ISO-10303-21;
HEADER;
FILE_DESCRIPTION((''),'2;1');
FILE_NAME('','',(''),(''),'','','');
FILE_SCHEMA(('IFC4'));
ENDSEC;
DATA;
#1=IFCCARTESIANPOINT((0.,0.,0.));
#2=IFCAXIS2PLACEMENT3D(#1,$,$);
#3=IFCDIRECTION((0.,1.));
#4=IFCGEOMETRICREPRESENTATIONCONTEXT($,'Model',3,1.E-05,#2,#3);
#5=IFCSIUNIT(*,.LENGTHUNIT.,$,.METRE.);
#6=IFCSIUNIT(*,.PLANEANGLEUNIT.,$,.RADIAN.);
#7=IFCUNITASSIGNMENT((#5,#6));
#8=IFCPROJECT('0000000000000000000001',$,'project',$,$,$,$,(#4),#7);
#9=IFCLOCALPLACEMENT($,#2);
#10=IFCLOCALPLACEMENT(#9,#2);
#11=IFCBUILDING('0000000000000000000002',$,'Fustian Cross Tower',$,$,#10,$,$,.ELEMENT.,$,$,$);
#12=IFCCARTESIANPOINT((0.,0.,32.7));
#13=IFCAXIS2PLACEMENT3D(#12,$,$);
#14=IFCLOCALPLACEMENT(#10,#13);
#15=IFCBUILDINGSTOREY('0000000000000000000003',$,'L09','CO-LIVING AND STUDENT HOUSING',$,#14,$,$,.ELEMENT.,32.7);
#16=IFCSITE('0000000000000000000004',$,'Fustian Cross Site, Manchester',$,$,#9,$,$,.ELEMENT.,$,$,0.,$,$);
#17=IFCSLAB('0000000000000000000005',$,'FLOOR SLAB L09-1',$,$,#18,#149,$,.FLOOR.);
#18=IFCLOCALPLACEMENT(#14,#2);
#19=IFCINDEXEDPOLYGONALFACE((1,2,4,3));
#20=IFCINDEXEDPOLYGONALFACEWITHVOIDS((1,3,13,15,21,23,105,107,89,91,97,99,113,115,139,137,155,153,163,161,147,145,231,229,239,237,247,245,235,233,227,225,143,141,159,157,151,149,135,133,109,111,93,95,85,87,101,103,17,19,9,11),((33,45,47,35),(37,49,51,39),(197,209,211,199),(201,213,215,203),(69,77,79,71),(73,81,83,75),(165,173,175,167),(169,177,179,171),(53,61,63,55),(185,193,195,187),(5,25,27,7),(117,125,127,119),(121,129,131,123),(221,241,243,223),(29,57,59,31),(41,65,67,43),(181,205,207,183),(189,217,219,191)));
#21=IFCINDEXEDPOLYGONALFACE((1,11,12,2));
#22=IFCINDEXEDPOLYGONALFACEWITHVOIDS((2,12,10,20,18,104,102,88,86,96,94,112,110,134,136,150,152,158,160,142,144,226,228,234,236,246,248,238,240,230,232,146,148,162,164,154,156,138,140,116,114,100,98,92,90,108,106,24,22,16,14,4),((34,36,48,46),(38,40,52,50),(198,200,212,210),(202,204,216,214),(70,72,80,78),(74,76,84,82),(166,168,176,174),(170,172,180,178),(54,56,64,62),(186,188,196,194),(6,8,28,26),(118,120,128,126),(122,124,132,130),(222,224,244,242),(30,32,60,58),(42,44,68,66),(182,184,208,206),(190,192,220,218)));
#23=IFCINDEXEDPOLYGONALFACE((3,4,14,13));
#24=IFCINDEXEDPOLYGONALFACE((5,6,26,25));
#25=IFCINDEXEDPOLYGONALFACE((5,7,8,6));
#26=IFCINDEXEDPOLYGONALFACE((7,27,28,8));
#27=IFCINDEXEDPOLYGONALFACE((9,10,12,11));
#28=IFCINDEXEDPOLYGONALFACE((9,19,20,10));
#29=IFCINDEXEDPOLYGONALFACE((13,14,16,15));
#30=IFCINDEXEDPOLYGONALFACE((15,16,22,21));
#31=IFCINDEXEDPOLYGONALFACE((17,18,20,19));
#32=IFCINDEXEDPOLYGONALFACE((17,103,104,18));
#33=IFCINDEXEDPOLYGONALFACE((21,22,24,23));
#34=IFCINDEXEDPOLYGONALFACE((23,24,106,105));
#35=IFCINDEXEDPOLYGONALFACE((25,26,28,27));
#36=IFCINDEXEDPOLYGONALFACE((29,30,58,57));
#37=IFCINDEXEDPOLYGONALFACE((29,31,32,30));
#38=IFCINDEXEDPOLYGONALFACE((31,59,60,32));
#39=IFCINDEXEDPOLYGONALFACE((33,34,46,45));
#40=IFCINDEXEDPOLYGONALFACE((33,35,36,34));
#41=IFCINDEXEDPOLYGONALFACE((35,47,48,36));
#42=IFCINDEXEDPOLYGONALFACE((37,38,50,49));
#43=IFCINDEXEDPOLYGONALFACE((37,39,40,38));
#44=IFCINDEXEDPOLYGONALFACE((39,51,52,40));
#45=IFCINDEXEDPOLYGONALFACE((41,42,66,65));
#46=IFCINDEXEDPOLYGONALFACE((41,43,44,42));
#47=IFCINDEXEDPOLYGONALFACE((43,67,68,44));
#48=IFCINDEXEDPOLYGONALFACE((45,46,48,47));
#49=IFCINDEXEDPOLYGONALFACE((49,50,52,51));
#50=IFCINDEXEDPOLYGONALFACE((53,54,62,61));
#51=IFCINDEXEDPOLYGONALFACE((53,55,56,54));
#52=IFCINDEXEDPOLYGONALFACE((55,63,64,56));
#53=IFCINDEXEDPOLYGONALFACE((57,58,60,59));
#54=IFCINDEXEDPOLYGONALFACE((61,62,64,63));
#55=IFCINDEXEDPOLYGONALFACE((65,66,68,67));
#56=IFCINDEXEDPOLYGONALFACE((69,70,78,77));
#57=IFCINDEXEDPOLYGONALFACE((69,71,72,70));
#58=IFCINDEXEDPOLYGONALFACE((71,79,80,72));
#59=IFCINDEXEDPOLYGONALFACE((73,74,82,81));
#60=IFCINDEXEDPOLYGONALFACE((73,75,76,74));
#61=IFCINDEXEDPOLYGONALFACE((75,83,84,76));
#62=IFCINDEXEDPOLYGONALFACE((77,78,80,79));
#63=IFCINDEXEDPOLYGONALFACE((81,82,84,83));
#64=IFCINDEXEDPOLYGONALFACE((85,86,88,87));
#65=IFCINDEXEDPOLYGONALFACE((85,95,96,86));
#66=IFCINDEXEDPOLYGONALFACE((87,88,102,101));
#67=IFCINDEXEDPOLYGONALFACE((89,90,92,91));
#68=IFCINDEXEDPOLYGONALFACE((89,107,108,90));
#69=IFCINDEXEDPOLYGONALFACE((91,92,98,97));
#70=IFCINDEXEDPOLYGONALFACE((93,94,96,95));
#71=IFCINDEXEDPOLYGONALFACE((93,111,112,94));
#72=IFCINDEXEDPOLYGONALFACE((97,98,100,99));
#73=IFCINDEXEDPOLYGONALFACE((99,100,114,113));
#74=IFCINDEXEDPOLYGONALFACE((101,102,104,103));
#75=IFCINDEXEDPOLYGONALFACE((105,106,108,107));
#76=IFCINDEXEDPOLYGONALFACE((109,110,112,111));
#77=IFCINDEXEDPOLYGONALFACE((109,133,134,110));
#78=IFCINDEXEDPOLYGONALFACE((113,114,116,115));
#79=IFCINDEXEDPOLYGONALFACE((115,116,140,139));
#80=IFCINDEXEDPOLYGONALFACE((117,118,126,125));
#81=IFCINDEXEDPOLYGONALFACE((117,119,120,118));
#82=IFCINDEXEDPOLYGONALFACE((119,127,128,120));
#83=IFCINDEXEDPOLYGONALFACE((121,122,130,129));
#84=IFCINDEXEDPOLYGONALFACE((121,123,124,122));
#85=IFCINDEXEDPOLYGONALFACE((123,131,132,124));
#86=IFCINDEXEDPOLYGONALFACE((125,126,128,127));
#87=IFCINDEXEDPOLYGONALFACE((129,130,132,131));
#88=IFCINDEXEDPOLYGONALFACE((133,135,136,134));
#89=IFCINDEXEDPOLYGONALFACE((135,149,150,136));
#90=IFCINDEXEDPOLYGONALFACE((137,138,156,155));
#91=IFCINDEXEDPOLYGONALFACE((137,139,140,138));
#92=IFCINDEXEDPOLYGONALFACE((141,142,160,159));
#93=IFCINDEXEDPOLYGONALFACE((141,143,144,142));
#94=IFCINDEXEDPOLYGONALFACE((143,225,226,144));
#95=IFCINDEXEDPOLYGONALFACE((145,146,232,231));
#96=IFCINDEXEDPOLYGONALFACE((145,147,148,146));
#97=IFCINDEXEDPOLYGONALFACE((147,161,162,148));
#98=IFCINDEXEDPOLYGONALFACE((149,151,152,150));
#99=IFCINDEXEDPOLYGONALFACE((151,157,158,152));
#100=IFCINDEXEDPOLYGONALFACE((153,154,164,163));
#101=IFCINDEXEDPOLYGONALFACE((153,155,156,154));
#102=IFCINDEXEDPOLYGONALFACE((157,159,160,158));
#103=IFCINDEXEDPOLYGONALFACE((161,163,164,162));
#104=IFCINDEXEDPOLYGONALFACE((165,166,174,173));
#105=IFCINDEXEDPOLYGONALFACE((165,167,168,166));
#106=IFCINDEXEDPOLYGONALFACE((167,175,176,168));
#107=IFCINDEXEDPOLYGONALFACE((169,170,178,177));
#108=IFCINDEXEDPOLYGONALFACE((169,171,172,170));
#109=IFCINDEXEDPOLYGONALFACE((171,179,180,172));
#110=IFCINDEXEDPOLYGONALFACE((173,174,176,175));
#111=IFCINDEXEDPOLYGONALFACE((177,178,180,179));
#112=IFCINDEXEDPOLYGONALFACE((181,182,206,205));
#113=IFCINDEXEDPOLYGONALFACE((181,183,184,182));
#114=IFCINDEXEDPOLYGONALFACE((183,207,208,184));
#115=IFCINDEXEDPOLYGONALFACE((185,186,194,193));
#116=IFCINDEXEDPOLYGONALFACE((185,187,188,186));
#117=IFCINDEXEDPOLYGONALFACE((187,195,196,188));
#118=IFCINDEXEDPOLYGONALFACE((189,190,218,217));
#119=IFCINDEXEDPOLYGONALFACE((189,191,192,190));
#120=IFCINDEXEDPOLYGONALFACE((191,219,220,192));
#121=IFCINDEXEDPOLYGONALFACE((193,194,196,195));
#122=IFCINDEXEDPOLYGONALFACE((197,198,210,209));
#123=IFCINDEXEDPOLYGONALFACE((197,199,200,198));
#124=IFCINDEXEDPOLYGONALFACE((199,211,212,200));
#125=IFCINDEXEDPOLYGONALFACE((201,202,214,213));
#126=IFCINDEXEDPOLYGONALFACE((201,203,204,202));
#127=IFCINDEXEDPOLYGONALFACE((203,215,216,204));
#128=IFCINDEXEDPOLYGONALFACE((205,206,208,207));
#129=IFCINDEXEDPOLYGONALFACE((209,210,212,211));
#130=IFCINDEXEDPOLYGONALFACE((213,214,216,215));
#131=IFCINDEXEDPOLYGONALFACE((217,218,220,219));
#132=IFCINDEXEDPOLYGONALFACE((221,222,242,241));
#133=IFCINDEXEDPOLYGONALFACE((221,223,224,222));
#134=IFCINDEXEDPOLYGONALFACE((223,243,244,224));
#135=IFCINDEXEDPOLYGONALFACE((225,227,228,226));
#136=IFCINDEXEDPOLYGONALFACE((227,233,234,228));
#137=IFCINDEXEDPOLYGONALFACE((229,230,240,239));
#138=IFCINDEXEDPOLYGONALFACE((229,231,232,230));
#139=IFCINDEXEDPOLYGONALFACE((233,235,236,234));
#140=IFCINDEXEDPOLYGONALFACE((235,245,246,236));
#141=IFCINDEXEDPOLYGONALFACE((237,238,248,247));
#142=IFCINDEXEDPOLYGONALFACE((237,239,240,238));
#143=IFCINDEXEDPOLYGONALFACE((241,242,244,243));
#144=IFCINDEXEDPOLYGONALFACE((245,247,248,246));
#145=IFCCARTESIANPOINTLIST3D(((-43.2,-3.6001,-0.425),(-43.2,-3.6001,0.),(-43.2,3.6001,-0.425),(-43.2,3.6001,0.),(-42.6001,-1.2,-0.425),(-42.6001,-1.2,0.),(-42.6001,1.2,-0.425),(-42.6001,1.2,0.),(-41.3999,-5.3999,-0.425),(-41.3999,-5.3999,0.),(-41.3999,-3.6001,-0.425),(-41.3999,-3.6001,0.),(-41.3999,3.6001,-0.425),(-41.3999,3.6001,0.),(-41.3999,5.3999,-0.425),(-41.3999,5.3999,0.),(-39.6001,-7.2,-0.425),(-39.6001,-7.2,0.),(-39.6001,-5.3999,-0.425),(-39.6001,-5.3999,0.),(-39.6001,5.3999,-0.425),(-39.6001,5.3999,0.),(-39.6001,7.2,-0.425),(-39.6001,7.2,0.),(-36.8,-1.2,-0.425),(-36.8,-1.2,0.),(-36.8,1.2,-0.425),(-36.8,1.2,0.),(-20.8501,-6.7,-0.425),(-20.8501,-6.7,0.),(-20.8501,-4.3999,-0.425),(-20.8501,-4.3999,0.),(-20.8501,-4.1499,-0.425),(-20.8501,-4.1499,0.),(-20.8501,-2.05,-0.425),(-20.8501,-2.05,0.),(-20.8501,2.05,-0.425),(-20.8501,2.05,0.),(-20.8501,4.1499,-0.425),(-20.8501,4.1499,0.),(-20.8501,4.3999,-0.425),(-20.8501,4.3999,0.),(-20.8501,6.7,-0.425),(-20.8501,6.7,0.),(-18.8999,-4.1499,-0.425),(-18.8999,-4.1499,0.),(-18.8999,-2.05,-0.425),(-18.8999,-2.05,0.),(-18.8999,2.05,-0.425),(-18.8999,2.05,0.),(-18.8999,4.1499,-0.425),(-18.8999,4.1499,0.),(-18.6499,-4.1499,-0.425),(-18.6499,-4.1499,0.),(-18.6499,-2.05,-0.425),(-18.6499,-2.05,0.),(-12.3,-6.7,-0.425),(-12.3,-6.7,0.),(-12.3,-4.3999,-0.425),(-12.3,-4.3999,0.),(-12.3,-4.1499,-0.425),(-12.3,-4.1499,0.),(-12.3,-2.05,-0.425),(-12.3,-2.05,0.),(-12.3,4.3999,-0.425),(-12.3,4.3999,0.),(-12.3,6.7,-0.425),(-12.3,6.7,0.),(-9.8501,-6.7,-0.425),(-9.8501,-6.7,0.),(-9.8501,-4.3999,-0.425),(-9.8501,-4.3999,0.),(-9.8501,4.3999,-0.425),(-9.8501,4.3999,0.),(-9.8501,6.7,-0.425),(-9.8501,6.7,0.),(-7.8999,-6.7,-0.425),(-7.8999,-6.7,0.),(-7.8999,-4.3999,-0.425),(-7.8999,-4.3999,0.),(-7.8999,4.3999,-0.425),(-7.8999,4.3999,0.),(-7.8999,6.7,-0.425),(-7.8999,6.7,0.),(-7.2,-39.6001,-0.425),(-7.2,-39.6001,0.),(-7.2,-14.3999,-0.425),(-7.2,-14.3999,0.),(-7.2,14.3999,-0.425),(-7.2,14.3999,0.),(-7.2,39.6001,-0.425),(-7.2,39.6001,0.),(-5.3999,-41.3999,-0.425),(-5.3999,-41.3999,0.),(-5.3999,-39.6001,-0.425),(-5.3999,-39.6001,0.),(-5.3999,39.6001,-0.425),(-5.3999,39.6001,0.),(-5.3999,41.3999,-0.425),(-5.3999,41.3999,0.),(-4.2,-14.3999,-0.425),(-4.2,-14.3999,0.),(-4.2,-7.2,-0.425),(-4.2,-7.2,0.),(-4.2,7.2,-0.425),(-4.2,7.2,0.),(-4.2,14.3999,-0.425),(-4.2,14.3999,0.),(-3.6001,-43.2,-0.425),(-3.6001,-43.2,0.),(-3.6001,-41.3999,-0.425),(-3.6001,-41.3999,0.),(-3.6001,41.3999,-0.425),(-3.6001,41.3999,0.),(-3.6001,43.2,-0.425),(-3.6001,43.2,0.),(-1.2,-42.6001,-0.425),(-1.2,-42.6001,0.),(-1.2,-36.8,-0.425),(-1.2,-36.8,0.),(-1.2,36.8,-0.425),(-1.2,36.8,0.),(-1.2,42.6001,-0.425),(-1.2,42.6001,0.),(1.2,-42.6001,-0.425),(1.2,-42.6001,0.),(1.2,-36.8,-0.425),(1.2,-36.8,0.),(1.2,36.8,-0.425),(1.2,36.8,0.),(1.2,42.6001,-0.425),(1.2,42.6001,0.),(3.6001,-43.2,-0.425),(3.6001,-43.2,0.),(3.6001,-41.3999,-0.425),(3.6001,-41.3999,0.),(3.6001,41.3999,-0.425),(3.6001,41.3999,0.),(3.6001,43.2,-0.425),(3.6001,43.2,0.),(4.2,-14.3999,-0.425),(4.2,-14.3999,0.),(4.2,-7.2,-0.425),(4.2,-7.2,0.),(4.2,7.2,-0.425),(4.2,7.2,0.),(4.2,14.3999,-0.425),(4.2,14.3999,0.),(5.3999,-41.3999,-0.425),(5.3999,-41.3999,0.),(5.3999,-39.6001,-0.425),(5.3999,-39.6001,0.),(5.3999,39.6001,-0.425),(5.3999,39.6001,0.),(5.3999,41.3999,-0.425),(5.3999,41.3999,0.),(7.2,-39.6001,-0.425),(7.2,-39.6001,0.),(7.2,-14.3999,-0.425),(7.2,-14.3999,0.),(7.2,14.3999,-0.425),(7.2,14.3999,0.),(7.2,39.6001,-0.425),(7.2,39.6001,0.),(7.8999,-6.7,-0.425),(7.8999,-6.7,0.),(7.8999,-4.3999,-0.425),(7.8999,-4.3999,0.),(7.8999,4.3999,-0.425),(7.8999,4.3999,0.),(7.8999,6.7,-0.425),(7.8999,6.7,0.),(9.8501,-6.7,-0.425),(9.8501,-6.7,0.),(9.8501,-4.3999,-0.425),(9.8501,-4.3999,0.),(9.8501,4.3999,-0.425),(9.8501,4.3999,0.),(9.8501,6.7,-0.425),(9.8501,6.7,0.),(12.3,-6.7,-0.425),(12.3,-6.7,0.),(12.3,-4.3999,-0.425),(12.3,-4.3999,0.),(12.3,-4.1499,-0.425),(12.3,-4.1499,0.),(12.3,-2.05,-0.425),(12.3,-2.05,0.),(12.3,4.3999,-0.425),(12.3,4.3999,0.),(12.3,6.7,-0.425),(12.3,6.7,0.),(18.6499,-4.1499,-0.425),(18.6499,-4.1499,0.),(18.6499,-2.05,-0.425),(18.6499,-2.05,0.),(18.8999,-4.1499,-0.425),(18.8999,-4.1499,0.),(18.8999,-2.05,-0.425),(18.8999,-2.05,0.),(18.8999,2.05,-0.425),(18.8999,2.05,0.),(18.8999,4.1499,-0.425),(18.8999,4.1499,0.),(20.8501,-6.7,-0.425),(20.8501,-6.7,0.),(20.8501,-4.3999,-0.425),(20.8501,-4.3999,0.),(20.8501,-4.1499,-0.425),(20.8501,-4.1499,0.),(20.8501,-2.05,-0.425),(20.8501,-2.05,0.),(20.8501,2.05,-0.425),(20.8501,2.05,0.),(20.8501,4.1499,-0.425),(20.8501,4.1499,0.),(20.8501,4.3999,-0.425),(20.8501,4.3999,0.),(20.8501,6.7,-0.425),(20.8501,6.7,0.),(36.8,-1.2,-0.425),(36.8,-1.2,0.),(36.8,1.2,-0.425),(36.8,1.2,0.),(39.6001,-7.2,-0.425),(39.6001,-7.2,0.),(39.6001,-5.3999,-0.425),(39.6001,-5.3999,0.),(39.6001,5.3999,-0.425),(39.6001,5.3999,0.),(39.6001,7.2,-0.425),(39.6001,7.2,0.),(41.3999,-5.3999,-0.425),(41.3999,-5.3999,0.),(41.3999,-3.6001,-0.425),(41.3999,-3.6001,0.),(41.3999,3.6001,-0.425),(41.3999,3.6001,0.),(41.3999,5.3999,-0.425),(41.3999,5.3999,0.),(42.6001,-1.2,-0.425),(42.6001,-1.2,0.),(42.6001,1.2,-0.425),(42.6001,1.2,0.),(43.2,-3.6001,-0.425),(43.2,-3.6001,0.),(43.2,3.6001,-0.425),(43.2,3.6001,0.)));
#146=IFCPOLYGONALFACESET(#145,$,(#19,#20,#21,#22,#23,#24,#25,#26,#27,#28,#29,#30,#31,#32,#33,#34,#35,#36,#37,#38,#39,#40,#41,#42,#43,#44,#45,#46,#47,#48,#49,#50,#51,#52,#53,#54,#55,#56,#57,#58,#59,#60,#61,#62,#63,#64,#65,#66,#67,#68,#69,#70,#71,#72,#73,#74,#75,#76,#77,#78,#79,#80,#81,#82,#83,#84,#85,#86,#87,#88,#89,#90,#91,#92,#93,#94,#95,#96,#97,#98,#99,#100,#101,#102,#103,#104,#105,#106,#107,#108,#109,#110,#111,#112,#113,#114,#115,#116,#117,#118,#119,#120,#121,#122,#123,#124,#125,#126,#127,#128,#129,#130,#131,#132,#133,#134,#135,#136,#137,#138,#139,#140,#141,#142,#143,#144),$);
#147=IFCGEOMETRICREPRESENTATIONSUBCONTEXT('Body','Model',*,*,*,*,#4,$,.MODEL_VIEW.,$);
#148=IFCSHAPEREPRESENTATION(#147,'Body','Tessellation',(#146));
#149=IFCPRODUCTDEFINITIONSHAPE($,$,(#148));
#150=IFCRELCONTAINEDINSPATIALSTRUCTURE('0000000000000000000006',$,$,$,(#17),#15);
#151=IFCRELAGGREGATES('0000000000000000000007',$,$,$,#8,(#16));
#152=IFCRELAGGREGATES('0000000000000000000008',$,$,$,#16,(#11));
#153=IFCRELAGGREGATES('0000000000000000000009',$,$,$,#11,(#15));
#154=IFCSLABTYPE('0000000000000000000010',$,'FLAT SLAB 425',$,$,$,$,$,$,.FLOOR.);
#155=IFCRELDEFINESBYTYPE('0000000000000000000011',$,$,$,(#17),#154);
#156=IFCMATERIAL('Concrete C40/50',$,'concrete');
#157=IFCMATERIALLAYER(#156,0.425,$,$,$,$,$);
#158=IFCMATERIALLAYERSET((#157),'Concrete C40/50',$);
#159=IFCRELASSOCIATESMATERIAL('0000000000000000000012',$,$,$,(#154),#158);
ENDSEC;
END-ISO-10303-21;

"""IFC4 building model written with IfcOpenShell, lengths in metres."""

from ifc_helpers import new_model, si_unit, direction, frame, origin, place, context, subcontext, project, spatial, polyline, outline, extrude, material, layer, layer_set, type_object, element, save


model = new_model("IFC4")

# Units and contexts
model_context = context("Model", 3, precision=1e-05, world=origin(), true_north=direction((0.0, 1.0)))
body_context = subcontext(model_context, "Body", "Model", "MODEL_VIEW")
ifc_project = project(units=[si_unit("LENGTHUNIT", "METRE"), si_unit("PLANEANGLEUNIT", "RADIAN")], contexts=[model_context])

# Site, building, storey
site_placement = place(None, origin())
site = spatial("IfcSite", under=ifc_project, at=site_placement, Name="Fustian Cross Site, Manchester", CompositionType="ELEMENT", RefElevation=0.0)
building_placement = place(site_placement, origin())
building = spatial("IfcBuilding", under=site, at=building_placement, Name="Fustian Cross Tower", CompositionType="ELEMENT")
storey_placement = place(building_placement, frame((0.0, 0.0, 32.7)))
storey = spatial("IfcBuildingStorey", under=building, at=storey_placement, Name="L09", Description="CO-LIVING AND STUDENT HOUSING", CompositionType="ELEMENT", Elevation=32.7)

# Slab
ifc_material_1 = material(Name="Concrete C40/50", Category="concrete")
ifc_layer_1 = layer(ifc_material_1, 0.425)
ifc_layer_set_1 = layer_set([ifc_layer_1], Name="Concrete C40/50")
slab_type = type_object("IfcSlabType", Name="FLAT SLAB 425", PredefinedType="FLOOR", material=ifc_layer_set_1)
slab_placement = place(storey_placement, frame((0.0, 0.0, -0.425)))
element("IfcSlab", 1, at=slab_placement, inside=storey, type_object=slab_type, Name="FLOOR SLAB L09-1", PredefinedType="FLOOR", context=body_context, shape_type="SweptSolid", body=[
    extrude(outline(polyline([(-4.2, -7.2), (-39.6001, -7.2), (-39.6001, -5.3999), (-41.3999, -5.3999), (-41.3999, -3.6001), (-43.2, -3.6001), (-43.2, 3.6001), (-41.3999, 3.6001), (-41.3999, 5.3999), (-39.6001, 5.3999), (-39.6001, 7.2), (-4.2, 7.2), (-4.2, 14.3999), (-7.2, 14.3999), (-7.2, 39.6001), (-5.3999, 39.6001), (-5.3999, 41.3999), (-3.6001, 41.3999), (-3.6001, 43.2), (3.6001, 43.2), (3.6001, 41.3999), (5.3999, 41.3999), (5.3999, 39.6001), (7.2, 39.6001), (7.2, 14.3999), (4.2, 14.3999), (4.2, 7.2), (39.6001, 7.2), (39.6001, 5.3999), (41.3999, 5.3999), (41.3999, 3.6001), (43.2, 3.6001), (43.2, -3.6001), (41.3999, -3.6001), (41.3999, -5.3999), (39.6001, -5.3999), (39.6001, -7.2), (4.2, -7.2), (4.2, -14.3999), (7.2, -14.3999), (7.2, -39.6001), (5.3999, -39.6001), (5.3999, -41.3999), (3.6001, -41.3999), (3.6001, -43.2), (-3.6001, -43.2), (-3.6001, -41.3999), (-5.3999, -41.3999), (-5.3999, -39.6001), (-7.2, -39.6001), (-7.2, -14.3999), (-4.2, -14.3999), (-4.2, -7.2)]), holes=[polyline([(18.8999, -2.05), (18.8999, -4.1499), (20.8501, -4.1499), (20.8501, -2.05), (18.8999, -2.05)]), polyline([(20.8501, 4.1499), (18.8999, 4.1499), (18.8999, 2.05), (20.8501, 2.05), (20.8501, 4.1499)]), polyline([(9.8501, 4.3999), (9.8501, 6.7), (7.8999, 6.7), (7.8999, 4.3999), (9.8501, 4.3999)]), polyline([(7.8999, -6.7), (9.8501, -6.7), (9.8501, -4.3999), (7.8999, -4.3999), (7.8999, -6.7)]), polyline([(-20.8501, -2.05), (-20.8501, -4.1499), (-18.8999, -4.1499), (-18.8999, -2.05), (-20.8501, -2.05)]), polyline([(-18.8999, 4.1499), (-20.8501, 4.1499), (-20.8501, 2.05), (-18.8999, 2.05), (-18.8999, 4.1499)]), polyline([(-7.8999, 4.3999), (-7.8999, 6.7), (-9.8501, 6.7), (-9.8501, 4.3999), (-7.8999, 4.3999)]), polyline([(-9.8501, -6.7), (-7.8999, -6.7), (-7.8999, -4.3999), (-9.8501, -4.3999), (-9.8501, -6.7)]), polyline([(12.3, -2.05), (12.3, -4.1499), (18.6499, -4.1499), (18.6499, -2.05), (12.3, -2.05)]), polyline([(-12.3, -2.05), (-18.6499, -2.05), (-18.6499, -4.1499), (-12.3, -4.1499), (-12.3, -2.05)]), polyline([(20.8501, 4.3999), (20.8501, 6.7), (12.3, 6.7), (12.3, 4.3999), (20.8501, 4.3999)]), polyline([(12.3, -6.7), (20.8501, -6.7), (20.8501, -4.3999), (12.3, -4.3999), (12.3, -6.7)]), polyline([(-20.8501, 6.7), (-20.8501, 4.3999), (-12.3, 4.3999), (-12.3, 6.7), (-20.8501, 6.7)]), polyline([(-12.3, -4.3999), (-20.8501, -4.3999), (-20.8501, -6.7), (-12.3, -6.7), (-12.3, -4.3999)]), polyline([(1.2, 36.8), (1.2, 42.6001), (-1.2, 42.6001), (-1.2, 36.8), (1.2, 36.8)]), polyline([(-1.2, -42.6001), (1.2, -42.6001), (1.2, -36.8), (-1.2, -36.8), (-1.2, -42.6001)]), polyline([(36.8, 1.2), (36.8, -1.2), (42.6001, -1.2), (42.6001, 1.2), (36.8, 1.2)]), polyline([(-36.8, 1.2), (-42.6001, 1.2), (-42.6001, -1.2), (-36.8, -1.2), (-36.8, 1.2)])]), origin(), (0.0, 0.0, 1.0), 0.425),
])

save(model, "model.ifc")
